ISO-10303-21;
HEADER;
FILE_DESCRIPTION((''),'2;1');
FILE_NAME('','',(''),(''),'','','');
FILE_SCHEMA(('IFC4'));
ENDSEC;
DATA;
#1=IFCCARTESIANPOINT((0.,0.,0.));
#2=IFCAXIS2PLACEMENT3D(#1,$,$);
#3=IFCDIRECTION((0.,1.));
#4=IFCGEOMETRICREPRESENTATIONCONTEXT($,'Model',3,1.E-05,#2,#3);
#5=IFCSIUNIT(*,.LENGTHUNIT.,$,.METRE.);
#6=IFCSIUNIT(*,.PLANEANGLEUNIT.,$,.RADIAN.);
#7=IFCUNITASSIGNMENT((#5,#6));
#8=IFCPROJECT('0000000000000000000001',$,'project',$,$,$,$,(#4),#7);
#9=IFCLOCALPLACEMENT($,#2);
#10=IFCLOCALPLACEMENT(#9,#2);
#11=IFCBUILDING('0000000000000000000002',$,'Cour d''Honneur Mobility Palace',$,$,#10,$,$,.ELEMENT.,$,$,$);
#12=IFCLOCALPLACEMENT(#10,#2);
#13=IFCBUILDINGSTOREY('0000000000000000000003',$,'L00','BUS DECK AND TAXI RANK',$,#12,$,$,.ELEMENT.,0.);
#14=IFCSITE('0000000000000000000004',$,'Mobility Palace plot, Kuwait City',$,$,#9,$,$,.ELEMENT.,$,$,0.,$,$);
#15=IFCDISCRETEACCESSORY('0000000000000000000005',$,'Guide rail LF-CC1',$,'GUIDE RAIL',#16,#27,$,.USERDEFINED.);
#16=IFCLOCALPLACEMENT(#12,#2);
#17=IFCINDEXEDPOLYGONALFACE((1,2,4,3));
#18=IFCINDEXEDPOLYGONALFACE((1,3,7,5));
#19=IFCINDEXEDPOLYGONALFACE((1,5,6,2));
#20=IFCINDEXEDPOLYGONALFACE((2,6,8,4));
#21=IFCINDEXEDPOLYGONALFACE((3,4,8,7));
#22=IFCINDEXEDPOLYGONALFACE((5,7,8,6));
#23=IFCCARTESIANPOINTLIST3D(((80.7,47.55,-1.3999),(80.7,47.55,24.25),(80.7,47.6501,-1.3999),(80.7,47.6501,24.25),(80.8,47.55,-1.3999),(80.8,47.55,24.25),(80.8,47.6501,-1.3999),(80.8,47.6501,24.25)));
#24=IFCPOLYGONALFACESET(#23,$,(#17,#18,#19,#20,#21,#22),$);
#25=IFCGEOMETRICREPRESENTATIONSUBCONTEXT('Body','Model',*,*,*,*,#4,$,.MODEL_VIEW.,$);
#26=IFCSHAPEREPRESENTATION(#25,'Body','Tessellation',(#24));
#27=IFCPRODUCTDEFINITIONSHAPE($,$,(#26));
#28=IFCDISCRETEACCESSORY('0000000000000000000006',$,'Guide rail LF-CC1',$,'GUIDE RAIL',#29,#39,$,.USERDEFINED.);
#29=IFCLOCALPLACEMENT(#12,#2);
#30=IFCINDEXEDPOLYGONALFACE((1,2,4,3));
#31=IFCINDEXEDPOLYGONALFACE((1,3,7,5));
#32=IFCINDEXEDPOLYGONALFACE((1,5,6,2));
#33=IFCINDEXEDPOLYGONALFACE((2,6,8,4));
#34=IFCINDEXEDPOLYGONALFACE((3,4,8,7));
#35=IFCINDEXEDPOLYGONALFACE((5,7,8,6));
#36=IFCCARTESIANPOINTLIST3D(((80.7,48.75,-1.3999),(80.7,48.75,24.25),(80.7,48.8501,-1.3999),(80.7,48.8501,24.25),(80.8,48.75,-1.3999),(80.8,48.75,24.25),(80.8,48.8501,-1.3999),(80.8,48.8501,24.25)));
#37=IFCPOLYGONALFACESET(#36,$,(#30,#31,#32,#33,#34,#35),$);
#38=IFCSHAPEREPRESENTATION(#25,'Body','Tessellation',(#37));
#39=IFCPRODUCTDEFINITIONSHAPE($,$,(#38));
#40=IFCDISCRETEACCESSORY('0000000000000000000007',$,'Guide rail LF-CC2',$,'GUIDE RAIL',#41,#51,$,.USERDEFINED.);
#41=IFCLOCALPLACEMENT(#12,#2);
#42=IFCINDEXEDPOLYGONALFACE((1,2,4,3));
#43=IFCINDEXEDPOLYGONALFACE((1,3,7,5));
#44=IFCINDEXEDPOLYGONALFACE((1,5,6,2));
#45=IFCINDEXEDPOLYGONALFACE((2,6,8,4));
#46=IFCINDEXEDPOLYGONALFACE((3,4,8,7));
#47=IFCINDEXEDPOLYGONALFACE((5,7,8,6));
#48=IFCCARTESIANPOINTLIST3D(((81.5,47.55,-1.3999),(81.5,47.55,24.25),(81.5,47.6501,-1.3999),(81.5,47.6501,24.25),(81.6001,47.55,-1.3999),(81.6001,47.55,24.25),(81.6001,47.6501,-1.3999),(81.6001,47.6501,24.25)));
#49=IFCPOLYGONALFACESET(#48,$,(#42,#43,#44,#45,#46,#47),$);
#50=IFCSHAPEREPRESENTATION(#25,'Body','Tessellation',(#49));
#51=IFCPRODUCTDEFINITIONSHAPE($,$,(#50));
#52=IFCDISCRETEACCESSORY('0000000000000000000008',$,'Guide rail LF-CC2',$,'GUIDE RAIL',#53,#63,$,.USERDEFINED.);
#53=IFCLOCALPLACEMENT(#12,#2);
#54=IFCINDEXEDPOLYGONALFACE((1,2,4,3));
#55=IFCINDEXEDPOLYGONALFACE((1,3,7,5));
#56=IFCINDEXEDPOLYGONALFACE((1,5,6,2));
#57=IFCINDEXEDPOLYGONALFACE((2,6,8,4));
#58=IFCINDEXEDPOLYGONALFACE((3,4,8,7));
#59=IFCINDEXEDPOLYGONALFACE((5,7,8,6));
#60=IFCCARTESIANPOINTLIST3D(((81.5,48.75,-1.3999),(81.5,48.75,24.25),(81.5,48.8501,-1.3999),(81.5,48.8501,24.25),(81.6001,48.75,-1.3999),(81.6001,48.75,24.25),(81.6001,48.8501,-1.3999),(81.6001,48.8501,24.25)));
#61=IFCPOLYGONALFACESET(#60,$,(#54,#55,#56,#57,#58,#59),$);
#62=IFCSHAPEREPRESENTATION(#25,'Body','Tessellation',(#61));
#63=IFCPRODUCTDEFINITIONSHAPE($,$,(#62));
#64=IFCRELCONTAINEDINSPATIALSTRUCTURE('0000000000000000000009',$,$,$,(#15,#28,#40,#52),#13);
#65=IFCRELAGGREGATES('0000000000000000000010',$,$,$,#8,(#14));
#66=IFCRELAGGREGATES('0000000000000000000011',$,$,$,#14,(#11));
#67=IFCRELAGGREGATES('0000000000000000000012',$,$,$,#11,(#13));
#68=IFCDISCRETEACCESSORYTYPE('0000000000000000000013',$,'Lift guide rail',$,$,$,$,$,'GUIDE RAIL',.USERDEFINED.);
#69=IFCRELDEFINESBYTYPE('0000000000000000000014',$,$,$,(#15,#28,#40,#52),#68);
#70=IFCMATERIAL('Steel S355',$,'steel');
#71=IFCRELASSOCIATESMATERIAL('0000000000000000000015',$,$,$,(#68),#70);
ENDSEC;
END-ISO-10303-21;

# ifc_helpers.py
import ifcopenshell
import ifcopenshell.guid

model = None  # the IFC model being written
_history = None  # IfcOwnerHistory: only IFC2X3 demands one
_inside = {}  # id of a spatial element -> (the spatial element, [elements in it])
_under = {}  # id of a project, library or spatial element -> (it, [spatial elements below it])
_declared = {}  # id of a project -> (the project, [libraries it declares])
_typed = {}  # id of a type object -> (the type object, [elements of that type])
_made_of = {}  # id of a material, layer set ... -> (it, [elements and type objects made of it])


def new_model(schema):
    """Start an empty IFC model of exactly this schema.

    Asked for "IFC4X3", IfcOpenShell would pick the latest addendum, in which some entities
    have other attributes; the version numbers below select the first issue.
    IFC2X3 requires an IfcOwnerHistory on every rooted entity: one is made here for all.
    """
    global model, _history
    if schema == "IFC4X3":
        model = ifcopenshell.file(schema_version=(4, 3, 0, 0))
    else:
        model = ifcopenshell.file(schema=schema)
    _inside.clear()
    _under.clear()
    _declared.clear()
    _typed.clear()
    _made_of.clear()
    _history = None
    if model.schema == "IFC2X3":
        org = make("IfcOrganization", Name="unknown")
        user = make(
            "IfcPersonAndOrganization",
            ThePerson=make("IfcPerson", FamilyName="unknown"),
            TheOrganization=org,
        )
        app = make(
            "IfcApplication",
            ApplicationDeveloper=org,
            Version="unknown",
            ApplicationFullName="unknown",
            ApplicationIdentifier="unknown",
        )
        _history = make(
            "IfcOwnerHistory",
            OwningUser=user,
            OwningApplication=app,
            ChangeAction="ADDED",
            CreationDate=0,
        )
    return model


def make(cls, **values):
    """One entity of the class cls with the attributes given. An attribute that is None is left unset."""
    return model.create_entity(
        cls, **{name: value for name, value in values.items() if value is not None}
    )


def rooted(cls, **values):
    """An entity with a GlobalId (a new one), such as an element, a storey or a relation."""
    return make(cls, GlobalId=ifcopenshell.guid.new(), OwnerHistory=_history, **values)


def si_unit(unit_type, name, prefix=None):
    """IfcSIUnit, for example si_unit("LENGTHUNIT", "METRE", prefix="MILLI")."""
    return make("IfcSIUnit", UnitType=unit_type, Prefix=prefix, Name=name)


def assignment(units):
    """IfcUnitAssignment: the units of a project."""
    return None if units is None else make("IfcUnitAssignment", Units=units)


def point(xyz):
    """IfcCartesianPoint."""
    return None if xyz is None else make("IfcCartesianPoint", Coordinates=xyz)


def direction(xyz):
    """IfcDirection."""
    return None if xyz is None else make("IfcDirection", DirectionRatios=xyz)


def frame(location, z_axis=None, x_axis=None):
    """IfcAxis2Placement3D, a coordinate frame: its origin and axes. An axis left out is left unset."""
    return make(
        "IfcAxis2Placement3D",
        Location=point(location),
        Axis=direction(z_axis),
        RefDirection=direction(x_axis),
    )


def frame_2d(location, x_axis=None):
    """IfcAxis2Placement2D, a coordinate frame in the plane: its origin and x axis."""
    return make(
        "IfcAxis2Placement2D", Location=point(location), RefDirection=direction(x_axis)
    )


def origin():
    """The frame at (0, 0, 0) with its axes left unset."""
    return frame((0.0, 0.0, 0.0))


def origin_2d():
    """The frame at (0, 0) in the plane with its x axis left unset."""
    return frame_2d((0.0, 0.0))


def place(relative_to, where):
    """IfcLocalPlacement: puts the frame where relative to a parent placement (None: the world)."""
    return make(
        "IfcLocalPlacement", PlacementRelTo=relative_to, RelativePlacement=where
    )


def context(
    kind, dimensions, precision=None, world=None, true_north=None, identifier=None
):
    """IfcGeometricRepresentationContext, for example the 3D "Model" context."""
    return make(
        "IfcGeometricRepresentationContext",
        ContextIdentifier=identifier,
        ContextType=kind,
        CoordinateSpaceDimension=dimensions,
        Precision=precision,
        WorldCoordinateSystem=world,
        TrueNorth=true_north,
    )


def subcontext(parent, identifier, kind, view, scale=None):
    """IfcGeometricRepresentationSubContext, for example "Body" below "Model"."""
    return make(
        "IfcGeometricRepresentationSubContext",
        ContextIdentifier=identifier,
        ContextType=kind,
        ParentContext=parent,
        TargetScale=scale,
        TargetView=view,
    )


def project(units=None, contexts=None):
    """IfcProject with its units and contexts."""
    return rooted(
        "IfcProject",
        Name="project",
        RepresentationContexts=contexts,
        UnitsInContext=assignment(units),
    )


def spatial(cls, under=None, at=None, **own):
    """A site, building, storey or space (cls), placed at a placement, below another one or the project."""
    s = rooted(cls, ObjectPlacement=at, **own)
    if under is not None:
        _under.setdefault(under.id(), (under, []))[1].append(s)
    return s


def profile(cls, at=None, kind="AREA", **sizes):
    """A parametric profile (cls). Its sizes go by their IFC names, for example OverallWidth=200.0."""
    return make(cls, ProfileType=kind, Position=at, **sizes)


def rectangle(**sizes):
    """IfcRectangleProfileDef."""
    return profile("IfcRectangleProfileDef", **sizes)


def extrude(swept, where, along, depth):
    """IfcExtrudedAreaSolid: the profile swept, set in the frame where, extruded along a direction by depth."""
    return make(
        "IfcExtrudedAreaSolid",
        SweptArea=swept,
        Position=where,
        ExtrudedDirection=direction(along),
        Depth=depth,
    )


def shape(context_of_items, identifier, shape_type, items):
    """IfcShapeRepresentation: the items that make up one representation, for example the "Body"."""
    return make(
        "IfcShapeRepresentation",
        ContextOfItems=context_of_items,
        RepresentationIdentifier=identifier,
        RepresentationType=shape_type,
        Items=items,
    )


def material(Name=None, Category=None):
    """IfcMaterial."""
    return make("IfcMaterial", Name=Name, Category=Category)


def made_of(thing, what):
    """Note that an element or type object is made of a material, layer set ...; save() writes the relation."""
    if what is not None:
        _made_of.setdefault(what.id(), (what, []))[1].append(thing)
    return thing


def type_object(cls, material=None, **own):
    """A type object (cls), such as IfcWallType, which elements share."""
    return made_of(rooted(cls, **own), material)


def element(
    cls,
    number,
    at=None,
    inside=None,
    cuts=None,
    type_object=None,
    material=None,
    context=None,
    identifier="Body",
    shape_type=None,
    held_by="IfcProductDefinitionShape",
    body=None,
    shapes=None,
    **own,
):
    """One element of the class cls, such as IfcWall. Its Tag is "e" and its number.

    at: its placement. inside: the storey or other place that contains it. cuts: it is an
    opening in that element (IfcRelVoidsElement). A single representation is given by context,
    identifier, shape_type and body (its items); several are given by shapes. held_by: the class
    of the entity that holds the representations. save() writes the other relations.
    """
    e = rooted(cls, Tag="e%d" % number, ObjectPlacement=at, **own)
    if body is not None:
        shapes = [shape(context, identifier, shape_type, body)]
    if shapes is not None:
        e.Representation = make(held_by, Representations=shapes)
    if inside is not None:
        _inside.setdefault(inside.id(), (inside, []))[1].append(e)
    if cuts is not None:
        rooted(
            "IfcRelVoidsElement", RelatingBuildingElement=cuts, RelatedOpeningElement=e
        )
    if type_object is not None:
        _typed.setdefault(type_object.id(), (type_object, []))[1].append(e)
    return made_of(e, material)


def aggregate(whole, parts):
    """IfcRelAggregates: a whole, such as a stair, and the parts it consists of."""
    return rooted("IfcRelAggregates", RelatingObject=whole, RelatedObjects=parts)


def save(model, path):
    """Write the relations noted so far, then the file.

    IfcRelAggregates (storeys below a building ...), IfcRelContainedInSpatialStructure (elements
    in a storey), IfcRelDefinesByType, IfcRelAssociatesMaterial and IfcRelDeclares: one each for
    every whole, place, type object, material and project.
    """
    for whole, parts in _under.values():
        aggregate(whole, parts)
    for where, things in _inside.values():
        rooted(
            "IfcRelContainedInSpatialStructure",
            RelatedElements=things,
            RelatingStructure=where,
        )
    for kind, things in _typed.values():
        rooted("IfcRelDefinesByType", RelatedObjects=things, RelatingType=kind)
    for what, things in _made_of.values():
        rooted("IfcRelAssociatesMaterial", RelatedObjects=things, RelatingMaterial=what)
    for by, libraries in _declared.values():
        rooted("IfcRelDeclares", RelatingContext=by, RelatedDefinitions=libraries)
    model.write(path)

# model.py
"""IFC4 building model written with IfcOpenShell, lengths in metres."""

from ifc_helpers import new_model, si_unit, direction, frame, origin, origin_2d, place, context, subcontext, project, spatial, rectangle, extrude, material, type_object, element, save


model = new_model("IFC4")

# Units and contexts
model_context = context("Model", 3, precision=1e-05, world=origin(), true_north=direction((0.0, 1.0)))
body_context = subcontext(model_context, "Body", "Model", "MODEL_VIEW")
ifc_project = project(units=[si_unit("LENGTHUNIT", "METRE"), si_unit("PLANEANGLEUNIT", "RADIAN")], contexts=[model_context])

# Site, building, storey
site_placement = place(None, origin())
site = spatial("IfcSite", under=ifc_project, at=site_placement, Name="Mobility Palace plot, Kuwait City", CompositionType="ELEMENT", RefElevation=0.0)
building_placement = place(site_placement, origin())
building = spatial("IfcBuilding", under=site, at=building_placement, Name="Cour d'Honneur Mobility Palace", CompositionType="ELEMENT")
storey_placement = place(building_placement, origin())
storey = spatial("IfcBuildingStorey", under=building, at=storey_placement, Name="L00", Description="BUS DECK AND TAXI RANK", CompositionType="ELEMENT", Elevation=0.0)

# Discrete accessories
ifc_material_1 = material(Name="Steel S355", Category="steel")
discrete_accessory_type = type_object("IfcDiscreteAccessoryType", Name="Lift guide rail", ElementType="GUIDE RAIL", PredefinedType="USERDEFINED", material=ifc_material_1)
for number, where, z_axis, x_axis, name in (
    (1, (80.75, 47.6001, -1.3999), (0.0, 0.0, 1.0), (1.0, 0.0, 0.0), "Guide rail LF-CC1"),
    (2, (80.75, 48.8, -1.3999), (0.0, 0.0, 1.0), (1.0, 0.0, 0.0), "Guide rail LF-CC1"),
    (3, (81.55, 47.6001, -1.3999), (0.0, 0.0, 1.0), (1.0, 0.0, 0.0), "Guide rail LF-CC2"),
    (4, (81.55, 48.8, -1.3999), (0.0, 0.0, 1.0), (1.0, 0.0, 0.0), "Guide rail LF-CC2"),
):
    element("IfcDiscreteAccessory", number, at=place(storey_placement, frame(where, z_axis=z_axis, x_axis=x_axis)), inside=storey, type_object=discrete_accessory_type, Name=name, ObjectType="GUIDE RAIL", PredefinedType="USERDEFINED", context=body_context, shape_type="SweptSolid", body=[
        extrude(rectangle(XDim=0.1001, YDim=0.1001, at=origin_2d()), origin(), (0.0, 0.0, 1.0), 25.6499),
    ])

save(model, "model.ifc")
